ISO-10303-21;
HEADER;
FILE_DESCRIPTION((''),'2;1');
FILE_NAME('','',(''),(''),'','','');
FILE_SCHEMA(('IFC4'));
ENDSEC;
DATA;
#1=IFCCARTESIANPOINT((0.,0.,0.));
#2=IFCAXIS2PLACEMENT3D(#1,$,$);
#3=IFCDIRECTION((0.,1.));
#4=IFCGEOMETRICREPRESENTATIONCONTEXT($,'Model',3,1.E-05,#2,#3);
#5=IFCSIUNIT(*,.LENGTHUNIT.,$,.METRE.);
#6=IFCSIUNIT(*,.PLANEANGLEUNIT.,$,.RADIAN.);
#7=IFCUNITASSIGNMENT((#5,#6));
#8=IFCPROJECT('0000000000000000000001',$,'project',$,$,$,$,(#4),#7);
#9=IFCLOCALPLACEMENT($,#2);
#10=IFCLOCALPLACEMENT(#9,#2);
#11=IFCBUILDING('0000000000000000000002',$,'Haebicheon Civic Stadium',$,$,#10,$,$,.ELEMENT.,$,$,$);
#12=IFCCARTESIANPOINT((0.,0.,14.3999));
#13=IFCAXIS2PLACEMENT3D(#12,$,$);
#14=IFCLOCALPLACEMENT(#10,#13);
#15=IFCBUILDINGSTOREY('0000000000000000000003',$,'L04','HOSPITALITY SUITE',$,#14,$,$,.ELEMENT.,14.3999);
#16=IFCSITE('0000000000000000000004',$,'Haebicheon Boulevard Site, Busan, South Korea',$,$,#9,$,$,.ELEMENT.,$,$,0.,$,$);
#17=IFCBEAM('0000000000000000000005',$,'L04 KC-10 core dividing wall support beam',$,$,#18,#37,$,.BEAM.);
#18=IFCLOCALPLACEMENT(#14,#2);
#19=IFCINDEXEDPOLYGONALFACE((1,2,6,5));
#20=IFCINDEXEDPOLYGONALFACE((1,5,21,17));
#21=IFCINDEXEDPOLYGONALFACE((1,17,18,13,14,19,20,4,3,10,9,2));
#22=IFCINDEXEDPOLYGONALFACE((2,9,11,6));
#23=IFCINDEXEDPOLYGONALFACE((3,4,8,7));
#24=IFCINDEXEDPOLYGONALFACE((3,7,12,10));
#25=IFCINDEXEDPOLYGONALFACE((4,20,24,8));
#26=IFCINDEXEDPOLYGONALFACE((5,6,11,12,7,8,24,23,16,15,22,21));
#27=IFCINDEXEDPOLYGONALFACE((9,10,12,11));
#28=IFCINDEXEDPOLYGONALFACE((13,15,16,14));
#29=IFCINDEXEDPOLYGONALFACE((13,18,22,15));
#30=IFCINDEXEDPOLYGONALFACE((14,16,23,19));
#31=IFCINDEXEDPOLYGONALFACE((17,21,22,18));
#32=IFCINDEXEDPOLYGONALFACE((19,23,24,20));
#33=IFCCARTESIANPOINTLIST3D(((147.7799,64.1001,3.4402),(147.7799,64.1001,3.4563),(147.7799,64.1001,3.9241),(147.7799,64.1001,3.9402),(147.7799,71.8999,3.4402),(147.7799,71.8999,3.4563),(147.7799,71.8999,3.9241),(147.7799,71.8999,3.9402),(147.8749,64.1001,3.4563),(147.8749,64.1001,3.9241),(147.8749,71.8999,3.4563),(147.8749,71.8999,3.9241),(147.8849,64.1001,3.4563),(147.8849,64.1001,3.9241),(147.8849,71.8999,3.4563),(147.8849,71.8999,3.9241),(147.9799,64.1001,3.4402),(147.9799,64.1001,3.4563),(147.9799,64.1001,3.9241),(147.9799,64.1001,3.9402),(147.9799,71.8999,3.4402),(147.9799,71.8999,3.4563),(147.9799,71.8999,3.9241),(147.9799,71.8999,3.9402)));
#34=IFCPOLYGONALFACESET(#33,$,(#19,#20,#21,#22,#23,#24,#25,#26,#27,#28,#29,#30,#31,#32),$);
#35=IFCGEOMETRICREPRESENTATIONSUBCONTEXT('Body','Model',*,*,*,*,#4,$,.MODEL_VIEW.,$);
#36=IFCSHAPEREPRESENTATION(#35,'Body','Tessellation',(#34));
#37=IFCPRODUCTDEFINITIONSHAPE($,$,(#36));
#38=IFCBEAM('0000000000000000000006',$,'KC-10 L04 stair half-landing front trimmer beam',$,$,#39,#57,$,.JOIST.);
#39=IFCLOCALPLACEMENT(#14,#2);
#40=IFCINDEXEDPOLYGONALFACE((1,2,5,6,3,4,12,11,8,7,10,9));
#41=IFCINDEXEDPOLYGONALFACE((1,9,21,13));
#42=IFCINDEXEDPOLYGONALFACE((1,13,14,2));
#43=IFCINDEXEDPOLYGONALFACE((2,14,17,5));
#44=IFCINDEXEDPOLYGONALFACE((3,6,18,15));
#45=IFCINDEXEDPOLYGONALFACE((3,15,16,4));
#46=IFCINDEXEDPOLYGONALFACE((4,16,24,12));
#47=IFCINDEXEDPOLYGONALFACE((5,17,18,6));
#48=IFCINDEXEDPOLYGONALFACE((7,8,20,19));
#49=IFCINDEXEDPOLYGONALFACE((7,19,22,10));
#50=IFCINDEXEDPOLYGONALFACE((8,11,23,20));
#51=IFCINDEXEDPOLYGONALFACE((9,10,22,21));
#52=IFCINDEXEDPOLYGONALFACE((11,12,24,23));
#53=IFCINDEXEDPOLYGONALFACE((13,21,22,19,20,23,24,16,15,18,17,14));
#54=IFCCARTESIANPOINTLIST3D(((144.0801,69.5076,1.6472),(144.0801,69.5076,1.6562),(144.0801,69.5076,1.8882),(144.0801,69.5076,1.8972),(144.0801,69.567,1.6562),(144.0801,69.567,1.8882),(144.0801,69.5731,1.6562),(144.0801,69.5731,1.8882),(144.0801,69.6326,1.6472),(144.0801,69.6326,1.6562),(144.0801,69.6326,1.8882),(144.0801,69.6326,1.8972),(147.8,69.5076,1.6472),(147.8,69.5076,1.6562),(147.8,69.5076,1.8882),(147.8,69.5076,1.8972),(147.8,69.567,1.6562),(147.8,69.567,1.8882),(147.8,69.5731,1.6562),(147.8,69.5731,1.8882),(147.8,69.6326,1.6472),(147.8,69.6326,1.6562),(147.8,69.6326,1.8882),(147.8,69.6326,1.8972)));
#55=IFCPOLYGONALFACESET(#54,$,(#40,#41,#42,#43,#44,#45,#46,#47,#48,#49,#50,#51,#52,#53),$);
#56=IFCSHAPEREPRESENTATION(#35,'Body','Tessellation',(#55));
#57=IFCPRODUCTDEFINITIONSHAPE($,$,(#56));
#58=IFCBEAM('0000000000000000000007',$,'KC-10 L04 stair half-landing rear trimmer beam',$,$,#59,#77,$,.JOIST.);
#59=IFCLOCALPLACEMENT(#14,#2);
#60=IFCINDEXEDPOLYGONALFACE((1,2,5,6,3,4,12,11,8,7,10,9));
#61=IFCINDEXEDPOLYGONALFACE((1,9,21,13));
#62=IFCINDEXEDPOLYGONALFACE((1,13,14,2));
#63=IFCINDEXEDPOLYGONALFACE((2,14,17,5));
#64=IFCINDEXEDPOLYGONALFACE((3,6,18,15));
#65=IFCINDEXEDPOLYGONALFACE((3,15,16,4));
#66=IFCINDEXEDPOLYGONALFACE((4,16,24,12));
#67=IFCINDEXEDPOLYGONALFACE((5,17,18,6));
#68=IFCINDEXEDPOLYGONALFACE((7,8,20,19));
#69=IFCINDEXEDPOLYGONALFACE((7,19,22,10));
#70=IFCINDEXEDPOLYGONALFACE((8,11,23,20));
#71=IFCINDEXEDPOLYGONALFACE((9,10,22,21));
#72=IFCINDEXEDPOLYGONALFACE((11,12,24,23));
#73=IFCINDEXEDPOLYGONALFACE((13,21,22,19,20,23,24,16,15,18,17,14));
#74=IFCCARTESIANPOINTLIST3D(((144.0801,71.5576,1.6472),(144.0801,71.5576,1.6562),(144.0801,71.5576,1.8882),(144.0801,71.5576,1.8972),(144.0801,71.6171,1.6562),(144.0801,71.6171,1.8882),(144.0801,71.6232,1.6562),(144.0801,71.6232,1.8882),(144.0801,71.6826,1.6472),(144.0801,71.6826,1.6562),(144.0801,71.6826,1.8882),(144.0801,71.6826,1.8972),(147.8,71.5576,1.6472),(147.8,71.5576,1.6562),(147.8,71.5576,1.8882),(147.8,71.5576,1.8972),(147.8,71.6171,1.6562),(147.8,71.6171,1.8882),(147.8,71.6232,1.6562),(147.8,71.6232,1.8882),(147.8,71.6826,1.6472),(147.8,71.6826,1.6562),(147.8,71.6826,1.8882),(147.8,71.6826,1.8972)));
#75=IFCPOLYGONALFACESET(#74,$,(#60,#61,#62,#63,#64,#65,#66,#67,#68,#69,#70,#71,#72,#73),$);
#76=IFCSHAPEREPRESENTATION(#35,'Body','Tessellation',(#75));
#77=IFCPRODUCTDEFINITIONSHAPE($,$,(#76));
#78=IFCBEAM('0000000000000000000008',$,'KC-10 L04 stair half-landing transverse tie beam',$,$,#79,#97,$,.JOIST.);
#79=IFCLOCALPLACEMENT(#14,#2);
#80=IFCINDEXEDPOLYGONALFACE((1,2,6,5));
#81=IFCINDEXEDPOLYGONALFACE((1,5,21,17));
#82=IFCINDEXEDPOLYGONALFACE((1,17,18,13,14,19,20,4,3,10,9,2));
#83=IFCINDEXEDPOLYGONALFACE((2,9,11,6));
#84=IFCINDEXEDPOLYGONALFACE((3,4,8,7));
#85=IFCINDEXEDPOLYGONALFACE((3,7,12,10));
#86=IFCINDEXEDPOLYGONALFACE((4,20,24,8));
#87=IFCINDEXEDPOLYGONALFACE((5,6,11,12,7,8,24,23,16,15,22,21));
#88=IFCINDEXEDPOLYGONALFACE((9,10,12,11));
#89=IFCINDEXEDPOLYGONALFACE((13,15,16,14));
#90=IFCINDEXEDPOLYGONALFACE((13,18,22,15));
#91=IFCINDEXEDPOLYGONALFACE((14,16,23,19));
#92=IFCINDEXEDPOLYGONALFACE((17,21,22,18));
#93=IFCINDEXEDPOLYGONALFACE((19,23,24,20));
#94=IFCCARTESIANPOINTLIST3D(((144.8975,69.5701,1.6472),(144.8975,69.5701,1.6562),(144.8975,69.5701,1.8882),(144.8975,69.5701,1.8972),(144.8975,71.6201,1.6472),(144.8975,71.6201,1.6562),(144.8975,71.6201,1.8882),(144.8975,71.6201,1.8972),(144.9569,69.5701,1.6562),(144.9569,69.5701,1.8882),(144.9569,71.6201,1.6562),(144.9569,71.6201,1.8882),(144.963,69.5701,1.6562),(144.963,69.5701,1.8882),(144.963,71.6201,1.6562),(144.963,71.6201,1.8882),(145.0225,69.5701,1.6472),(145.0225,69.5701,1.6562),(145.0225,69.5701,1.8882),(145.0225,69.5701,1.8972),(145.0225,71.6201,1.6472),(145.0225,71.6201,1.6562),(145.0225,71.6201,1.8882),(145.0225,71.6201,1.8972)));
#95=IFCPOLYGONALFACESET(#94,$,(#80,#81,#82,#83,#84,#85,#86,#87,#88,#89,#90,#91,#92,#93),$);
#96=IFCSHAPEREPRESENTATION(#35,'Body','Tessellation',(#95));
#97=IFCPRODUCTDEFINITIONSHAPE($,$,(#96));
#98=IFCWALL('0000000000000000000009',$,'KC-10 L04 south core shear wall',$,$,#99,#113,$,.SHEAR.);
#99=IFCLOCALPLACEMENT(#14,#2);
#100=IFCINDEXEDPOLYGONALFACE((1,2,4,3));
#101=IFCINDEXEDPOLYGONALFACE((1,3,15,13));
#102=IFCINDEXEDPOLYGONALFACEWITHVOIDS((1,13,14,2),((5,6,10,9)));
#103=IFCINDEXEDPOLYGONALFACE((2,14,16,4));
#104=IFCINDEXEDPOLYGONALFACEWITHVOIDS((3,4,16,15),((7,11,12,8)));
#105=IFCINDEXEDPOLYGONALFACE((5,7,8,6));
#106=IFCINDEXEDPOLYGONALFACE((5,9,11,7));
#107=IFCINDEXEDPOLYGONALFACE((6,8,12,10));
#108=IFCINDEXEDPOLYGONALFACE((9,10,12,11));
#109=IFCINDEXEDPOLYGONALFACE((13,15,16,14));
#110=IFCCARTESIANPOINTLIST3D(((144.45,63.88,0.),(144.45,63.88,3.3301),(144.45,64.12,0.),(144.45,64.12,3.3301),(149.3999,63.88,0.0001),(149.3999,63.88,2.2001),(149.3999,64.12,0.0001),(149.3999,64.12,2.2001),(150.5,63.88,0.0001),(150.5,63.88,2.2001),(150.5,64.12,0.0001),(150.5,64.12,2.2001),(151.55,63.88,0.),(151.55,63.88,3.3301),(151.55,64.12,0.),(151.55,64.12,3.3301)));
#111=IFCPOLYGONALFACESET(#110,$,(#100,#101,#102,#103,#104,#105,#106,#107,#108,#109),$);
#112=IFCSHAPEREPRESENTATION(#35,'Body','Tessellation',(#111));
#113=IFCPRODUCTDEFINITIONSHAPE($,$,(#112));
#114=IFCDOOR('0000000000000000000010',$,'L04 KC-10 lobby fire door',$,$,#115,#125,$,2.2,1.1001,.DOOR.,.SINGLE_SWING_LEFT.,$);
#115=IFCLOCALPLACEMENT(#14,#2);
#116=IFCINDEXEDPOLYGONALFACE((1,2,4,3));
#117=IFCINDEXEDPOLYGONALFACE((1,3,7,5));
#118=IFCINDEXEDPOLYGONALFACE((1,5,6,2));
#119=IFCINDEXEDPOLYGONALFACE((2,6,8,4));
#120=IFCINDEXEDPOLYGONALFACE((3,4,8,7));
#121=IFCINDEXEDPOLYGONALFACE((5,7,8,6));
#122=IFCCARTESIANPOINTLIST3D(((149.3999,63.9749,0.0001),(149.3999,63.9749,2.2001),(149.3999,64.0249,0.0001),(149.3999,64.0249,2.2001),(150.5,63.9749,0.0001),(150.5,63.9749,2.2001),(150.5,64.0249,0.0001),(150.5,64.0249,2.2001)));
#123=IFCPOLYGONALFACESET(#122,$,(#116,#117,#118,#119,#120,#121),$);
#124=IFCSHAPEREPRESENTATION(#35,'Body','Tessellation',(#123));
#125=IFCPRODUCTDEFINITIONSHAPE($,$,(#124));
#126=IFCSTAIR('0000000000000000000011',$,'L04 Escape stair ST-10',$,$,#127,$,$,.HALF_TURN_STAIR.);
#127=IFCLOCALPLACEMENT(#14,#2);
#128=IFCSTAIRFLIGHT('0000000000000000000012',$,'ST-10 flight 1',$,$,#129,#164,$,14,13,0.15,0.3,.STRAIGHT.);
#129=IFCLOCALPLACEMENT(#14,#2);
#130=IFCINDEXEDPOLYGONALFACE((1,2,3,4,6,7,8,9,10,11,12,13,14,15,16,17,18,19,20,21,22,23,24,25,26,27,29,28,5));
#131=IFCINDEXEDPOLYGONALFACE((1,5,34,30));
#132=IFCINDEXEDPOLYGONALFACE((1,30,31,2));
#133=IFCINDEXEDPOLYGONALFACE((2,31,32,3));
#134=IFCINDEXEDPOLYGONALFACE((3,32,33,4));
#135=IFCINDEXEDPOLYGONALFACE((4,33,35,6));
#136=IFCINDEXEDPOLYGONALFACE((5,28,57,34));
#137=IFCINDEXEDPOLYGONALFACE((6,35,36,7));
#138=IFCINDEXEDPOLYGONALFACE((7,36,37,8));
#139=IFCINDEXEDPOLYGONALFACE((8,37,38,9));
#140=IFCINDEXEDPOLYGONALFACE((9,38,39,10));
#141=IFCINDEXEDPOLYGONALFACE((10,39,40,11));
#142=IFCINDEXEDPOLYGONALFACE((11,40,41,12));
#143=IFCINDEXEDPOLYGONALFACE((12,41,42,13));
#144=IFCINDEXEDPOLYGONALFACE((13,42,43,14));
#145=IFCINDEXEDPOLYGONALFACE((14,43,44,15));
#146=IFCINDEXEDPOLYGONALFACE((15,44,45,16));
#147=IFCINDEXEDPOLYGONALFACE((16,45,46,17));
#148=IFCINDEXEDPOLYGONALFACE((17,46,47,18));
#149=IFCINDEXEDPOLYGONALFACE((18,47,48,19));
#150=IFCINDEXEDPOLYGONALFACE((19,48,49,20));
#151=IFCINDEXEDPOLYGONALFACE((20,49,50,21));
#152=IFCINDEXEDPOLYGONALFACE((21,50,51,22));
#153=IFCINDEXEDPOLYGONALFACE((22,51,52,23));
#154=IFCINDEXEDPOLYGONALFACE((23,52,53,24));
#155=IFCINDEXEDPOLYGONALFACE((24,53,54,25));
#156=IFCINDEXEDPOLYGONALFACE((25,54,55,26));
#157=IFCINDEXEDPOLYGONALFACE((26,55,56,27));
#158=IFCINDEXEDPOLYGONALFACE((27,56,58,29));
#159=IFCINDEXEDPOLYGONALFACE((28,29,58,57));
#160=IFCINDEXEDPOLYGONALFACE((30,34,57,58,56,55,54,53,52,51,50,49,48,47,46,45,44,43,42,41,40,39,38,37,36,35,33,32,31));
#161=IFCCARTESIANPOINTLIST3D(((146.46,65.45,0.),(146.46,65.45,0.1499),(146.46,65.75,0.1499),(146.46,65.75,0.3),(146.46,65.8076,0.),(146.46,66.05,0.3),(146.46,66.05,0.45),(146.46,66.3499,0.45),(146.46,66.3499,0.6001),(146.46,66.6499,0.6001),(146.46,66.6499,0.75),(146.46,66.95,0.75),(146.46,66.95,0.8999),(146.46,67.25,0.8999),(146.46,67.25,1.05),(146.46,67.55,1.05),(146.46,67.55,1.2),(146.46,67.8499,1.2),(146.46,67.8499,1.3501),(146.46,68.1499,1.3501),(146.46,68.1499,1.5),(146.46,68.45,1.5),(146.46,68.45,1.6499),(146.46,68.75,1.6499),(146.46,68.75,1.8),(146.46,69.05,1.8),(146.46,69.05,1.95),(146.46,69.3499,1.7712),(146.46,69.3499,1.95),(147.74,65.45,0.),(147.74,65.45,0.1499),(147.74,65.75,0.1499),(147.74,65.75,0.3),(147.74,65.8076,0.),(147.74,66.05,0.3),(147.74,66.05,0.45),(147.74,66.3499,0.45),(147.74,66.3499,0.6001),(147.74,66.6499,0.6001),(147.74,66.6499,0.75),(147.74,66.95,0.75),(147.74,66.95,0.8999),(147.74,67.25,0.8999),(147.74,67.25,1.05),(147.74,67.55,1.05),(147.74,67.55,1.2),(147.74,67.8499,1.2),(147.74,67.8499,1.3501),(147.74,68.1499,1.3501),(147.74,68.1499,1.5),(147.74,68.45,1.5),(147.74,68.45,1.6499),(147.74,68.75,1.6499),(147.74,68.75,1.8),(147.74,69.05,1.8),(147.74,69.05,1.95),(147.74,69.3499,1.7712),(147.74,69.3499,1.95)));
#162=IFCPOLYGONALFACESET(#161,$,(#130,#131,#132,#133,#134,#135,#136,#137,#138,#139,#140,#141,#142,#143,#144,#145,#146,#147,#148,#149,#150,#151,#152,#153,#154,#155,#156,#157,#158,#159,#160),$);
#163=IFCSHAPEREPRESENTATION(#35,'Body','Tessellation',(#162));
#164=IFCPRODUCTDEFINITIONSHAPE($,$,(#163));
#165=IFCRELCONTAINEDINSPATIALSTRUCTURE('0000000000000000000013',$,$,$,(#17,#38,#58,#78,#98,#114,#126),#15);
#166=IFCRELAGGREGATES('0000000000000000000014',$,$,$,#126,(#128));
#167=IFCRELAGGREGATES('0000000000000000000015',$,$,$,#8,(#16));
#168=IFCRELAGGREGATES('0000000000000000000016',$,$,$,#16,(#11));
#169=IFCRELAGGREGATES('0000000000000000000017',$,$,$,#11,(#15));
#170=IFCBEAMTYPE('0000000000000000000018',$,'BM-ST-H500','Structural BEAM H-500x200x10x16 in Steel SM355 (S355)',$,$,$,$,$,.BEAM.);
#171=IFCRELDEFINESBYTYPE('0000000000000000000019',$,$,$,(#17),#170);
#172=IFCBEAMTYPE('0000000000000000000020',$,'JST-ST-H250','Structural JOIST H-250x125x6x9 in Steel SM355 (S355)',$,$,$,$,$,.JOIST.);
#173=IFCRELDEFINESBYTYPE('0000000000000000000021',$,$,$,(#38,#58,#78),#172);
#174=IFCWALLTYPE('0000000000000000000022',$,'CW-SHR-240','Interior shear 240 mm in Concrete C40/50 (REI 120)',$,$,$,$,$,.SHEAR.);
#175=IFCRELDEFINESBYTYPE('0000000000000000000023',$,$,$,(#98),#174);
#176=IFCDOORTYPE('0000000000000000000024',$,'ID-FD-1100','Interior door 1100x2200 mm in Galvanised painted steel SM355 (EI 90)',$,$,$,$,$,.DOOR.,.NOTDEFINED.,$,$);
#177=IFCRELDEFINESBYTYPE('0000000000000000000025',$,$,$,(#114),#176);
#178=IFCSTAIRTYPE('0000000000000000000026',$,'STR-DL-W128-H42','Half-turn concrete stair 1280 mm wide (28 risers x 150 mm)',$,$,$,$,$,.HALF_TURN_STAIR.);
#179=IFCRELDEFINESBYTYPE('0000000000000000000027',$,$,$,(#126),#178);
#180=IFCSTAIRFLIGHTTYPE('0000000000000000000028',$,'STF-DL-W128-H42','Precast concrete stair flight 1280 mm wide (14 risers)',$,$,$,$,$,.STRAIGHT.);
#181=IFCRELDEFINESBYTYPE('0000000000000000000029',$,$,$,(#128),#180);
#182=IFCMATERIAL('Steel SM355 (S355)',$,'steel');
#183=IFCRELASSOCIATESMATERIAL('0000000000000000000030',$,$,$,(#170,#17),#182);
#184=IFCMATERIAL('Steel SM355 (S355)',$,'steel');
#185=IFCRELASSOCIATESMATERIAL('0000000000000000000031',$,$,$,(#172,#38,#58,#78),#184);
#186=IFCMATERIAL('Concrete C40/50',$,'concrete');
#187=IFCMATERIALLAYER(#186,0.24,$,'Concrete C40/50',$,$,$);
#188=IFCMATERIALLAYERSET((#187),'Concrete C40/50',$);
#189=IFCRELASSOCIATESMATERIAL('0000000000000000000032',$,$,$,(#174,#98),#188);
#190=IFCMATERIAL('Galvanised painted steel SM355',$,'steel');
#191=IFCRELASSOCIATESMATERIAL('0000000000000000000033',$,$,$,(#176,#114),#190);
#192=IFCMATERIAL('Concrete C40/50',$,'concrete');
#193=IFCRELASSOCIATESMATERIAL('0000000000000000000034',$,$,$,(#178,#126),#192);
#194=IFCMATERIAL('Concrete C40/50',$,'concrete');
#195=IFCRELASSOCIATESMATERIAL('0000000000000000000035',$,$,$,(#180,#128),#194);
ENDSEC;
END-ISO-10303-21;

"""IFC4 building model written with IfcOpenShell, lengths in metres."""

from ifc_helpers import new_model, si_unit, direction, frame, frame_2d, origin, origin_2d, place, context, subcontext, project, spatial, polyline, rectangle, i_section, outline, extrude, material, layer, layer_set, material_profile, profile_set, type_object, element, fill, aggregate, save


model = new_model("IFC4")

# Units and contexts
model_context = context("Model", 3, precision=1e-05, world=origin(), true_north=direction((0.0, 1.0)))
body_context = subcontext(model_context, "Body", "Model", "MODEL_VIEW")
ifc_project = project(units=[si_unit("LENGTHUNIT", "METRE"), si_unit("PLANEANGLEUNIT", "RADIAN")], contexts=[model_context])

# Site, building, storey
site_placement = place(None, origin())
site = spatial("IfcSite", under=ifc_project, at=site_placement, Name="Haebicheon Boulevard Site, Busan, South Korea", CompositionType="ELEMENT", RefElevation=0.0)
building_placement = place(site_placement, origin())
building = spatial("IfcBuilding", under=site, at=building_placement, Name="Haebicheon Civic Stadium", CompositionType="ELEMENT")
storey_placement = place(building_placement, frame((0.0, 0.0, 14.3999)))
storey = spatial("IfcBuildingStorey", under=building, at=storey_placement, Name="L04", Description="HOSPITALITY SUITE", CompositionType="ELEMENT", Elevation=14.3999)

# Beams
ifc_material_1 = material(Name="Steel SM355 (S355)", Category="steel")
ifc_material_profile_1 = material_profile(ifc_material_1, i_section(OverallWidth=0.2, OverallDepth=0.5, WebThickness=0.01, FlangeThickness=0.0161, at=origin_2d()), Name="H-500x200x10x16")
ifc_profile_set_1 = profile_set([ifc_material_profile_1], Name="Steel SM355 (S355)")
beam_type_1 = type_object("IfcBeamType", Name="BM-ST-H500", Description="Structural BEAM H-500x200x10x16 in Steel SM355 (S355)", PredefinedType="BEAM", material=ifc_profile_set_1)
beam_1_placement = place(storey_placement, frame((147.8799, 64.1001, 3.6902), z_axis=(0.0, 1.0, 0.0), x_axis=(-1.0, 0.0, 0.0)))
element("IfcBeam", 1, at=beam_1_placement, inside=storey, type_object=beam_type_1, material=ifc_profile_set_1, Name="L04 KC-10 core dividing wall support beam", PredefinedType="BEAM", context=body_context, shape_type="SweptSolid", body=[
    extrude(i_section(OverallWidth=0.2, OverallDepth=0.5, WebThickness=0.01, FlangeThickness=0.0161, at=origin_2d()), origin(), (0.0, 0.0, 1.0), 7.7998),
])
ifc_material_2 = material(Name="Steel SM355 (S355)", Category="steel")
ifc_material_profile_2 = material_profile(ifc_material_2, i_section(OverallWidth=0.125, OverallDepth=0.25, WebThickness=0.0061, FlangeThickness=0.009, at=origin_2d()), Name="H-250x125x6x9")
ifc_profile_set_2 = profile_set([ifc_material_profile_2], Name="Steel SM355 (S355)")
beam_type_2 = type_object("IfcBeamType", Name="JST-ST-H250", Description="Structural JOIST H-250x125x6x9 in Steel SM355 (S355)", PredefinedType="JOIST", material=ifc_profile_set_2)
for number, where, z_axis, x_axis, name in (
    (2, (144.0801, 69.5701, 1.7722), (1.0, 0.0, 0.0), (0.0, 1.0, 0.0), "KC-10 L04 stair half-landing front trimmer beam"),
    (3, (144.0801, 71.6201, 1.7722), (1.0, 0.0, 0.0), (0.0, 1.0, 0.0), "KC-10 L04 stair half-landing rear trimmer beam"),
):
    element("IfcBeam", number, at=place(storey_placement, frame(where, z_axis=z_axis, x_axis=x_axis)), inside=storey, type_object=beam_type_2, material=ifc_profile_set_2, Name=name, PredefinedType="JOIST", context=body_context, shape_type="SweptSolid", body=[
        extrude(i_section(OverallWidth=0.125, OverallDepth=0.25, WebThickness=0.0061, FlangeThickness=0.009, at=origin_2d()), origin(), (0.0, 0.0, 1.0), 3.72),
    ])
beam_2_placement = place(storey_placement, frame((144.96, 69.5701, 1.7722), z_axis=(0.0, 1.0, 0.0), x_axis=(-1.0, 0.0, 0.0)))
element("IfcBeam", 4, at=beam_2_placement, inside=storey, type_object=beam_type_2, material=ifc_profile_set_2, Name="KC-10 L04 stair half-landing transverse tie beam", PredefinedType="JOIST", context=body_context, shape_type="SweptSolid", body=[
    extrude(i_section(OverallWidth=0.125, OverallDepth=0.25, WebThickness=0.0061, FlangeThickness=0.009, at=origin_2d()), origin(), (0.0, 0.0, 1.0), 2.05),
])

# Wall, opening, door
ifc_material_3 = material(Name="Concrete C40/50", Category="concrete")
ifc_layer_1 = layer(ifc_material_3, 0.24, Name="Concrete C40/50")
ifc_layer_set_1 = layer_set([ifc_layer_1], Name="Concrete C40/50")
wall_type_1 = type_object("IfcWallType", Name="CW-SHR-240", Description="Interior shear 240 mm in Concrete C40/50 (REI 120)", PredefinedType="SHEAR", material=ifc_layer_set_1)
wall_1_placement = place(storey_placement, frame((144.45, 64.0, 0.0), z_axis=(0.0, 0.0, 1.0), x_axis=(1.0, 0.0, 0.0)))
wall_1 = element("IfcWall", 5, at=wall_1_placement, inside=storey, type_object=wall_type_1, material=ifc_layer_set_1, Name="KC-10 L04 south core shear wall", PredefinedType="SHEAR", context=body_context, shape_type="SweptSolid", body=[
    extrude(rectangle(XDim=7.1001, YDim=0.24, at=frame_2d((3.55, 0.0))), origin(), (0.0, 0.0, 1.0), 3.3301),
])
opening_1_placement = place(wall_1_placement, frame((4.95, 0.0, 0.0)))
opening_1 = element("IfcOpeningElement", 6, at=opening_1_placement, cuts=wall_1, PredefinedType="OPENING", context=body_context, shape_type="SweptSolid", body=[
    extrude(rectangle(XDim=1.1001, YDim=2.2, at=frame_2d((0.55, 1.1001))), frame((0.0, 0.1299, 0.0), z_axis=(0.0, -1.0, 0.0), x_axis=(1.0, 0.0, 0.0)), (0.0, 0.0, 1.0), 0.26),
])
ifc_material_4 = material(Name="Galvanised painted steel SM355", Category="steel")
door_type_1 = type_object("IfcDoorType", Name="ID-FD-1100", Description="Interior door 1100x2200 mm in Galvanised painted steel SM355 (EI 90)", OperationType="NOTDEFINED", PredefinedType="DOOR", material=ifc_material_4)
door_1_placement = place(opening_1_placement, origin())
door_1 = element("IfcDoor", 7, at=door_1_placement, inside=storey, type_object=door_type_1, material=ifc_material_4, Name="L04 KC-10 lobby fire door", OperationType="SINGLE_SWING_LEFT", OverallHeight=2.2, OverallWidth=1.1001, PredefinedType="DOOR", context=body_context, shape_type="SweptSolid", body=[
    extrude(rectangle(XDim=1.1001, YDim=2.2, at=frame_2d((0.55, 1.1001))), frame((0.0, 0.0249, 0.0), z_axis=(0.0, -1.0, 0.0), x_axis=(1.0, 0.0, 0.0)), (0.0, 0.0, 1.0), 0.05),
])
fill(opening_1, door_1)

# Stair, stair flight
ifc_material_5 = material(Name="Concrete C40/50", Category="concrete")
stair_type = type_object("IfcStairType", Name="STR-DL-W128-H42", Description="Half-turn concrete stair 1280 mm wide (28 risers x 150 mm)", PredefinedType="HALF_TURN_STAIR", material=ifc_material_5)
stair_placement = place(storey_placement, origin())
stair = element("IfcStair", 8, at=stair_placement, inside=storey, type_object=stair_type, material=ifc_material_5, Name="L04 Escape stair ST-10", PredefinedType="HALF_TURN_STAIR")
ifc_material_6 = material(Name="Concrete C40/50", Category="concrete")
stair_flight_type = type_object("IfcStairFlightType", Name="STF-DL-W128-H42", Description="Precast concrete stair flight 1280 mm wide (14 risers)", PredefinedType="STRAIGHT", material=ifc_material_6)
stair_flight_1_placement = place(storey_placement, frame((147.1001, 65.45, 0.0), z_axis=(0.0, 0.0, 1.0), x_axis=(0.0, 1.0, 0.0)))
stair_flight_1 = element("IfcStairFlight", 9, at=stair_flight_1_placement, type_object=stair_flight_type, material=ifc_material_6, Name="ST-10 flight 1", NumberOfRisers=14, NumberOfTreads=13, PredefinedType="STRAIGHT", RiserHeight=0.15, TreadLength=0.3, context=body_context, shape_type="SweptSolid", body=[
    extrude(outline(polyline([(0.0, 0.0), (0.0, 0.1499), (0.3, 0.1499), (0.3, 0.3), (0.6001, 0.3), (0.6001, 0.45), (0.8999, 0.45), (0.8999, 0.6001), (1.2, 0.6001), (1.2, 0.75), (1.5, 0.75), (1.5, 0.8999), (1.8, 0.8999), (1.8, 1.05), (2.1001, 1.05), (2.1001, 1.2), (2.3999, 1.2), (2.3999, 1.3501), (2.7, 1.3501), (2.7, 1.5), (3.0, 1.5), (3.0, 1.6499), (3.3, 1.6499), (3.3, 1.8), (3.6001, 1.8), (3.6001, 1.95), (3.8999, 1.95), (3.8999, 2.1001), (3.8999, 1.7712), (0.3577, 0.0), (0.0, 0.0)])), frame((0.0, 0.6401, 0.0), z_axis=(0.0, -1.0, 0.0), x_axis=(1.0, 0.0, 0.0)), (0.0, 0.0, 1.0), 1.28),
])
aggregate(stair, [stair_flight_1])

save(model, "model.ifc")
